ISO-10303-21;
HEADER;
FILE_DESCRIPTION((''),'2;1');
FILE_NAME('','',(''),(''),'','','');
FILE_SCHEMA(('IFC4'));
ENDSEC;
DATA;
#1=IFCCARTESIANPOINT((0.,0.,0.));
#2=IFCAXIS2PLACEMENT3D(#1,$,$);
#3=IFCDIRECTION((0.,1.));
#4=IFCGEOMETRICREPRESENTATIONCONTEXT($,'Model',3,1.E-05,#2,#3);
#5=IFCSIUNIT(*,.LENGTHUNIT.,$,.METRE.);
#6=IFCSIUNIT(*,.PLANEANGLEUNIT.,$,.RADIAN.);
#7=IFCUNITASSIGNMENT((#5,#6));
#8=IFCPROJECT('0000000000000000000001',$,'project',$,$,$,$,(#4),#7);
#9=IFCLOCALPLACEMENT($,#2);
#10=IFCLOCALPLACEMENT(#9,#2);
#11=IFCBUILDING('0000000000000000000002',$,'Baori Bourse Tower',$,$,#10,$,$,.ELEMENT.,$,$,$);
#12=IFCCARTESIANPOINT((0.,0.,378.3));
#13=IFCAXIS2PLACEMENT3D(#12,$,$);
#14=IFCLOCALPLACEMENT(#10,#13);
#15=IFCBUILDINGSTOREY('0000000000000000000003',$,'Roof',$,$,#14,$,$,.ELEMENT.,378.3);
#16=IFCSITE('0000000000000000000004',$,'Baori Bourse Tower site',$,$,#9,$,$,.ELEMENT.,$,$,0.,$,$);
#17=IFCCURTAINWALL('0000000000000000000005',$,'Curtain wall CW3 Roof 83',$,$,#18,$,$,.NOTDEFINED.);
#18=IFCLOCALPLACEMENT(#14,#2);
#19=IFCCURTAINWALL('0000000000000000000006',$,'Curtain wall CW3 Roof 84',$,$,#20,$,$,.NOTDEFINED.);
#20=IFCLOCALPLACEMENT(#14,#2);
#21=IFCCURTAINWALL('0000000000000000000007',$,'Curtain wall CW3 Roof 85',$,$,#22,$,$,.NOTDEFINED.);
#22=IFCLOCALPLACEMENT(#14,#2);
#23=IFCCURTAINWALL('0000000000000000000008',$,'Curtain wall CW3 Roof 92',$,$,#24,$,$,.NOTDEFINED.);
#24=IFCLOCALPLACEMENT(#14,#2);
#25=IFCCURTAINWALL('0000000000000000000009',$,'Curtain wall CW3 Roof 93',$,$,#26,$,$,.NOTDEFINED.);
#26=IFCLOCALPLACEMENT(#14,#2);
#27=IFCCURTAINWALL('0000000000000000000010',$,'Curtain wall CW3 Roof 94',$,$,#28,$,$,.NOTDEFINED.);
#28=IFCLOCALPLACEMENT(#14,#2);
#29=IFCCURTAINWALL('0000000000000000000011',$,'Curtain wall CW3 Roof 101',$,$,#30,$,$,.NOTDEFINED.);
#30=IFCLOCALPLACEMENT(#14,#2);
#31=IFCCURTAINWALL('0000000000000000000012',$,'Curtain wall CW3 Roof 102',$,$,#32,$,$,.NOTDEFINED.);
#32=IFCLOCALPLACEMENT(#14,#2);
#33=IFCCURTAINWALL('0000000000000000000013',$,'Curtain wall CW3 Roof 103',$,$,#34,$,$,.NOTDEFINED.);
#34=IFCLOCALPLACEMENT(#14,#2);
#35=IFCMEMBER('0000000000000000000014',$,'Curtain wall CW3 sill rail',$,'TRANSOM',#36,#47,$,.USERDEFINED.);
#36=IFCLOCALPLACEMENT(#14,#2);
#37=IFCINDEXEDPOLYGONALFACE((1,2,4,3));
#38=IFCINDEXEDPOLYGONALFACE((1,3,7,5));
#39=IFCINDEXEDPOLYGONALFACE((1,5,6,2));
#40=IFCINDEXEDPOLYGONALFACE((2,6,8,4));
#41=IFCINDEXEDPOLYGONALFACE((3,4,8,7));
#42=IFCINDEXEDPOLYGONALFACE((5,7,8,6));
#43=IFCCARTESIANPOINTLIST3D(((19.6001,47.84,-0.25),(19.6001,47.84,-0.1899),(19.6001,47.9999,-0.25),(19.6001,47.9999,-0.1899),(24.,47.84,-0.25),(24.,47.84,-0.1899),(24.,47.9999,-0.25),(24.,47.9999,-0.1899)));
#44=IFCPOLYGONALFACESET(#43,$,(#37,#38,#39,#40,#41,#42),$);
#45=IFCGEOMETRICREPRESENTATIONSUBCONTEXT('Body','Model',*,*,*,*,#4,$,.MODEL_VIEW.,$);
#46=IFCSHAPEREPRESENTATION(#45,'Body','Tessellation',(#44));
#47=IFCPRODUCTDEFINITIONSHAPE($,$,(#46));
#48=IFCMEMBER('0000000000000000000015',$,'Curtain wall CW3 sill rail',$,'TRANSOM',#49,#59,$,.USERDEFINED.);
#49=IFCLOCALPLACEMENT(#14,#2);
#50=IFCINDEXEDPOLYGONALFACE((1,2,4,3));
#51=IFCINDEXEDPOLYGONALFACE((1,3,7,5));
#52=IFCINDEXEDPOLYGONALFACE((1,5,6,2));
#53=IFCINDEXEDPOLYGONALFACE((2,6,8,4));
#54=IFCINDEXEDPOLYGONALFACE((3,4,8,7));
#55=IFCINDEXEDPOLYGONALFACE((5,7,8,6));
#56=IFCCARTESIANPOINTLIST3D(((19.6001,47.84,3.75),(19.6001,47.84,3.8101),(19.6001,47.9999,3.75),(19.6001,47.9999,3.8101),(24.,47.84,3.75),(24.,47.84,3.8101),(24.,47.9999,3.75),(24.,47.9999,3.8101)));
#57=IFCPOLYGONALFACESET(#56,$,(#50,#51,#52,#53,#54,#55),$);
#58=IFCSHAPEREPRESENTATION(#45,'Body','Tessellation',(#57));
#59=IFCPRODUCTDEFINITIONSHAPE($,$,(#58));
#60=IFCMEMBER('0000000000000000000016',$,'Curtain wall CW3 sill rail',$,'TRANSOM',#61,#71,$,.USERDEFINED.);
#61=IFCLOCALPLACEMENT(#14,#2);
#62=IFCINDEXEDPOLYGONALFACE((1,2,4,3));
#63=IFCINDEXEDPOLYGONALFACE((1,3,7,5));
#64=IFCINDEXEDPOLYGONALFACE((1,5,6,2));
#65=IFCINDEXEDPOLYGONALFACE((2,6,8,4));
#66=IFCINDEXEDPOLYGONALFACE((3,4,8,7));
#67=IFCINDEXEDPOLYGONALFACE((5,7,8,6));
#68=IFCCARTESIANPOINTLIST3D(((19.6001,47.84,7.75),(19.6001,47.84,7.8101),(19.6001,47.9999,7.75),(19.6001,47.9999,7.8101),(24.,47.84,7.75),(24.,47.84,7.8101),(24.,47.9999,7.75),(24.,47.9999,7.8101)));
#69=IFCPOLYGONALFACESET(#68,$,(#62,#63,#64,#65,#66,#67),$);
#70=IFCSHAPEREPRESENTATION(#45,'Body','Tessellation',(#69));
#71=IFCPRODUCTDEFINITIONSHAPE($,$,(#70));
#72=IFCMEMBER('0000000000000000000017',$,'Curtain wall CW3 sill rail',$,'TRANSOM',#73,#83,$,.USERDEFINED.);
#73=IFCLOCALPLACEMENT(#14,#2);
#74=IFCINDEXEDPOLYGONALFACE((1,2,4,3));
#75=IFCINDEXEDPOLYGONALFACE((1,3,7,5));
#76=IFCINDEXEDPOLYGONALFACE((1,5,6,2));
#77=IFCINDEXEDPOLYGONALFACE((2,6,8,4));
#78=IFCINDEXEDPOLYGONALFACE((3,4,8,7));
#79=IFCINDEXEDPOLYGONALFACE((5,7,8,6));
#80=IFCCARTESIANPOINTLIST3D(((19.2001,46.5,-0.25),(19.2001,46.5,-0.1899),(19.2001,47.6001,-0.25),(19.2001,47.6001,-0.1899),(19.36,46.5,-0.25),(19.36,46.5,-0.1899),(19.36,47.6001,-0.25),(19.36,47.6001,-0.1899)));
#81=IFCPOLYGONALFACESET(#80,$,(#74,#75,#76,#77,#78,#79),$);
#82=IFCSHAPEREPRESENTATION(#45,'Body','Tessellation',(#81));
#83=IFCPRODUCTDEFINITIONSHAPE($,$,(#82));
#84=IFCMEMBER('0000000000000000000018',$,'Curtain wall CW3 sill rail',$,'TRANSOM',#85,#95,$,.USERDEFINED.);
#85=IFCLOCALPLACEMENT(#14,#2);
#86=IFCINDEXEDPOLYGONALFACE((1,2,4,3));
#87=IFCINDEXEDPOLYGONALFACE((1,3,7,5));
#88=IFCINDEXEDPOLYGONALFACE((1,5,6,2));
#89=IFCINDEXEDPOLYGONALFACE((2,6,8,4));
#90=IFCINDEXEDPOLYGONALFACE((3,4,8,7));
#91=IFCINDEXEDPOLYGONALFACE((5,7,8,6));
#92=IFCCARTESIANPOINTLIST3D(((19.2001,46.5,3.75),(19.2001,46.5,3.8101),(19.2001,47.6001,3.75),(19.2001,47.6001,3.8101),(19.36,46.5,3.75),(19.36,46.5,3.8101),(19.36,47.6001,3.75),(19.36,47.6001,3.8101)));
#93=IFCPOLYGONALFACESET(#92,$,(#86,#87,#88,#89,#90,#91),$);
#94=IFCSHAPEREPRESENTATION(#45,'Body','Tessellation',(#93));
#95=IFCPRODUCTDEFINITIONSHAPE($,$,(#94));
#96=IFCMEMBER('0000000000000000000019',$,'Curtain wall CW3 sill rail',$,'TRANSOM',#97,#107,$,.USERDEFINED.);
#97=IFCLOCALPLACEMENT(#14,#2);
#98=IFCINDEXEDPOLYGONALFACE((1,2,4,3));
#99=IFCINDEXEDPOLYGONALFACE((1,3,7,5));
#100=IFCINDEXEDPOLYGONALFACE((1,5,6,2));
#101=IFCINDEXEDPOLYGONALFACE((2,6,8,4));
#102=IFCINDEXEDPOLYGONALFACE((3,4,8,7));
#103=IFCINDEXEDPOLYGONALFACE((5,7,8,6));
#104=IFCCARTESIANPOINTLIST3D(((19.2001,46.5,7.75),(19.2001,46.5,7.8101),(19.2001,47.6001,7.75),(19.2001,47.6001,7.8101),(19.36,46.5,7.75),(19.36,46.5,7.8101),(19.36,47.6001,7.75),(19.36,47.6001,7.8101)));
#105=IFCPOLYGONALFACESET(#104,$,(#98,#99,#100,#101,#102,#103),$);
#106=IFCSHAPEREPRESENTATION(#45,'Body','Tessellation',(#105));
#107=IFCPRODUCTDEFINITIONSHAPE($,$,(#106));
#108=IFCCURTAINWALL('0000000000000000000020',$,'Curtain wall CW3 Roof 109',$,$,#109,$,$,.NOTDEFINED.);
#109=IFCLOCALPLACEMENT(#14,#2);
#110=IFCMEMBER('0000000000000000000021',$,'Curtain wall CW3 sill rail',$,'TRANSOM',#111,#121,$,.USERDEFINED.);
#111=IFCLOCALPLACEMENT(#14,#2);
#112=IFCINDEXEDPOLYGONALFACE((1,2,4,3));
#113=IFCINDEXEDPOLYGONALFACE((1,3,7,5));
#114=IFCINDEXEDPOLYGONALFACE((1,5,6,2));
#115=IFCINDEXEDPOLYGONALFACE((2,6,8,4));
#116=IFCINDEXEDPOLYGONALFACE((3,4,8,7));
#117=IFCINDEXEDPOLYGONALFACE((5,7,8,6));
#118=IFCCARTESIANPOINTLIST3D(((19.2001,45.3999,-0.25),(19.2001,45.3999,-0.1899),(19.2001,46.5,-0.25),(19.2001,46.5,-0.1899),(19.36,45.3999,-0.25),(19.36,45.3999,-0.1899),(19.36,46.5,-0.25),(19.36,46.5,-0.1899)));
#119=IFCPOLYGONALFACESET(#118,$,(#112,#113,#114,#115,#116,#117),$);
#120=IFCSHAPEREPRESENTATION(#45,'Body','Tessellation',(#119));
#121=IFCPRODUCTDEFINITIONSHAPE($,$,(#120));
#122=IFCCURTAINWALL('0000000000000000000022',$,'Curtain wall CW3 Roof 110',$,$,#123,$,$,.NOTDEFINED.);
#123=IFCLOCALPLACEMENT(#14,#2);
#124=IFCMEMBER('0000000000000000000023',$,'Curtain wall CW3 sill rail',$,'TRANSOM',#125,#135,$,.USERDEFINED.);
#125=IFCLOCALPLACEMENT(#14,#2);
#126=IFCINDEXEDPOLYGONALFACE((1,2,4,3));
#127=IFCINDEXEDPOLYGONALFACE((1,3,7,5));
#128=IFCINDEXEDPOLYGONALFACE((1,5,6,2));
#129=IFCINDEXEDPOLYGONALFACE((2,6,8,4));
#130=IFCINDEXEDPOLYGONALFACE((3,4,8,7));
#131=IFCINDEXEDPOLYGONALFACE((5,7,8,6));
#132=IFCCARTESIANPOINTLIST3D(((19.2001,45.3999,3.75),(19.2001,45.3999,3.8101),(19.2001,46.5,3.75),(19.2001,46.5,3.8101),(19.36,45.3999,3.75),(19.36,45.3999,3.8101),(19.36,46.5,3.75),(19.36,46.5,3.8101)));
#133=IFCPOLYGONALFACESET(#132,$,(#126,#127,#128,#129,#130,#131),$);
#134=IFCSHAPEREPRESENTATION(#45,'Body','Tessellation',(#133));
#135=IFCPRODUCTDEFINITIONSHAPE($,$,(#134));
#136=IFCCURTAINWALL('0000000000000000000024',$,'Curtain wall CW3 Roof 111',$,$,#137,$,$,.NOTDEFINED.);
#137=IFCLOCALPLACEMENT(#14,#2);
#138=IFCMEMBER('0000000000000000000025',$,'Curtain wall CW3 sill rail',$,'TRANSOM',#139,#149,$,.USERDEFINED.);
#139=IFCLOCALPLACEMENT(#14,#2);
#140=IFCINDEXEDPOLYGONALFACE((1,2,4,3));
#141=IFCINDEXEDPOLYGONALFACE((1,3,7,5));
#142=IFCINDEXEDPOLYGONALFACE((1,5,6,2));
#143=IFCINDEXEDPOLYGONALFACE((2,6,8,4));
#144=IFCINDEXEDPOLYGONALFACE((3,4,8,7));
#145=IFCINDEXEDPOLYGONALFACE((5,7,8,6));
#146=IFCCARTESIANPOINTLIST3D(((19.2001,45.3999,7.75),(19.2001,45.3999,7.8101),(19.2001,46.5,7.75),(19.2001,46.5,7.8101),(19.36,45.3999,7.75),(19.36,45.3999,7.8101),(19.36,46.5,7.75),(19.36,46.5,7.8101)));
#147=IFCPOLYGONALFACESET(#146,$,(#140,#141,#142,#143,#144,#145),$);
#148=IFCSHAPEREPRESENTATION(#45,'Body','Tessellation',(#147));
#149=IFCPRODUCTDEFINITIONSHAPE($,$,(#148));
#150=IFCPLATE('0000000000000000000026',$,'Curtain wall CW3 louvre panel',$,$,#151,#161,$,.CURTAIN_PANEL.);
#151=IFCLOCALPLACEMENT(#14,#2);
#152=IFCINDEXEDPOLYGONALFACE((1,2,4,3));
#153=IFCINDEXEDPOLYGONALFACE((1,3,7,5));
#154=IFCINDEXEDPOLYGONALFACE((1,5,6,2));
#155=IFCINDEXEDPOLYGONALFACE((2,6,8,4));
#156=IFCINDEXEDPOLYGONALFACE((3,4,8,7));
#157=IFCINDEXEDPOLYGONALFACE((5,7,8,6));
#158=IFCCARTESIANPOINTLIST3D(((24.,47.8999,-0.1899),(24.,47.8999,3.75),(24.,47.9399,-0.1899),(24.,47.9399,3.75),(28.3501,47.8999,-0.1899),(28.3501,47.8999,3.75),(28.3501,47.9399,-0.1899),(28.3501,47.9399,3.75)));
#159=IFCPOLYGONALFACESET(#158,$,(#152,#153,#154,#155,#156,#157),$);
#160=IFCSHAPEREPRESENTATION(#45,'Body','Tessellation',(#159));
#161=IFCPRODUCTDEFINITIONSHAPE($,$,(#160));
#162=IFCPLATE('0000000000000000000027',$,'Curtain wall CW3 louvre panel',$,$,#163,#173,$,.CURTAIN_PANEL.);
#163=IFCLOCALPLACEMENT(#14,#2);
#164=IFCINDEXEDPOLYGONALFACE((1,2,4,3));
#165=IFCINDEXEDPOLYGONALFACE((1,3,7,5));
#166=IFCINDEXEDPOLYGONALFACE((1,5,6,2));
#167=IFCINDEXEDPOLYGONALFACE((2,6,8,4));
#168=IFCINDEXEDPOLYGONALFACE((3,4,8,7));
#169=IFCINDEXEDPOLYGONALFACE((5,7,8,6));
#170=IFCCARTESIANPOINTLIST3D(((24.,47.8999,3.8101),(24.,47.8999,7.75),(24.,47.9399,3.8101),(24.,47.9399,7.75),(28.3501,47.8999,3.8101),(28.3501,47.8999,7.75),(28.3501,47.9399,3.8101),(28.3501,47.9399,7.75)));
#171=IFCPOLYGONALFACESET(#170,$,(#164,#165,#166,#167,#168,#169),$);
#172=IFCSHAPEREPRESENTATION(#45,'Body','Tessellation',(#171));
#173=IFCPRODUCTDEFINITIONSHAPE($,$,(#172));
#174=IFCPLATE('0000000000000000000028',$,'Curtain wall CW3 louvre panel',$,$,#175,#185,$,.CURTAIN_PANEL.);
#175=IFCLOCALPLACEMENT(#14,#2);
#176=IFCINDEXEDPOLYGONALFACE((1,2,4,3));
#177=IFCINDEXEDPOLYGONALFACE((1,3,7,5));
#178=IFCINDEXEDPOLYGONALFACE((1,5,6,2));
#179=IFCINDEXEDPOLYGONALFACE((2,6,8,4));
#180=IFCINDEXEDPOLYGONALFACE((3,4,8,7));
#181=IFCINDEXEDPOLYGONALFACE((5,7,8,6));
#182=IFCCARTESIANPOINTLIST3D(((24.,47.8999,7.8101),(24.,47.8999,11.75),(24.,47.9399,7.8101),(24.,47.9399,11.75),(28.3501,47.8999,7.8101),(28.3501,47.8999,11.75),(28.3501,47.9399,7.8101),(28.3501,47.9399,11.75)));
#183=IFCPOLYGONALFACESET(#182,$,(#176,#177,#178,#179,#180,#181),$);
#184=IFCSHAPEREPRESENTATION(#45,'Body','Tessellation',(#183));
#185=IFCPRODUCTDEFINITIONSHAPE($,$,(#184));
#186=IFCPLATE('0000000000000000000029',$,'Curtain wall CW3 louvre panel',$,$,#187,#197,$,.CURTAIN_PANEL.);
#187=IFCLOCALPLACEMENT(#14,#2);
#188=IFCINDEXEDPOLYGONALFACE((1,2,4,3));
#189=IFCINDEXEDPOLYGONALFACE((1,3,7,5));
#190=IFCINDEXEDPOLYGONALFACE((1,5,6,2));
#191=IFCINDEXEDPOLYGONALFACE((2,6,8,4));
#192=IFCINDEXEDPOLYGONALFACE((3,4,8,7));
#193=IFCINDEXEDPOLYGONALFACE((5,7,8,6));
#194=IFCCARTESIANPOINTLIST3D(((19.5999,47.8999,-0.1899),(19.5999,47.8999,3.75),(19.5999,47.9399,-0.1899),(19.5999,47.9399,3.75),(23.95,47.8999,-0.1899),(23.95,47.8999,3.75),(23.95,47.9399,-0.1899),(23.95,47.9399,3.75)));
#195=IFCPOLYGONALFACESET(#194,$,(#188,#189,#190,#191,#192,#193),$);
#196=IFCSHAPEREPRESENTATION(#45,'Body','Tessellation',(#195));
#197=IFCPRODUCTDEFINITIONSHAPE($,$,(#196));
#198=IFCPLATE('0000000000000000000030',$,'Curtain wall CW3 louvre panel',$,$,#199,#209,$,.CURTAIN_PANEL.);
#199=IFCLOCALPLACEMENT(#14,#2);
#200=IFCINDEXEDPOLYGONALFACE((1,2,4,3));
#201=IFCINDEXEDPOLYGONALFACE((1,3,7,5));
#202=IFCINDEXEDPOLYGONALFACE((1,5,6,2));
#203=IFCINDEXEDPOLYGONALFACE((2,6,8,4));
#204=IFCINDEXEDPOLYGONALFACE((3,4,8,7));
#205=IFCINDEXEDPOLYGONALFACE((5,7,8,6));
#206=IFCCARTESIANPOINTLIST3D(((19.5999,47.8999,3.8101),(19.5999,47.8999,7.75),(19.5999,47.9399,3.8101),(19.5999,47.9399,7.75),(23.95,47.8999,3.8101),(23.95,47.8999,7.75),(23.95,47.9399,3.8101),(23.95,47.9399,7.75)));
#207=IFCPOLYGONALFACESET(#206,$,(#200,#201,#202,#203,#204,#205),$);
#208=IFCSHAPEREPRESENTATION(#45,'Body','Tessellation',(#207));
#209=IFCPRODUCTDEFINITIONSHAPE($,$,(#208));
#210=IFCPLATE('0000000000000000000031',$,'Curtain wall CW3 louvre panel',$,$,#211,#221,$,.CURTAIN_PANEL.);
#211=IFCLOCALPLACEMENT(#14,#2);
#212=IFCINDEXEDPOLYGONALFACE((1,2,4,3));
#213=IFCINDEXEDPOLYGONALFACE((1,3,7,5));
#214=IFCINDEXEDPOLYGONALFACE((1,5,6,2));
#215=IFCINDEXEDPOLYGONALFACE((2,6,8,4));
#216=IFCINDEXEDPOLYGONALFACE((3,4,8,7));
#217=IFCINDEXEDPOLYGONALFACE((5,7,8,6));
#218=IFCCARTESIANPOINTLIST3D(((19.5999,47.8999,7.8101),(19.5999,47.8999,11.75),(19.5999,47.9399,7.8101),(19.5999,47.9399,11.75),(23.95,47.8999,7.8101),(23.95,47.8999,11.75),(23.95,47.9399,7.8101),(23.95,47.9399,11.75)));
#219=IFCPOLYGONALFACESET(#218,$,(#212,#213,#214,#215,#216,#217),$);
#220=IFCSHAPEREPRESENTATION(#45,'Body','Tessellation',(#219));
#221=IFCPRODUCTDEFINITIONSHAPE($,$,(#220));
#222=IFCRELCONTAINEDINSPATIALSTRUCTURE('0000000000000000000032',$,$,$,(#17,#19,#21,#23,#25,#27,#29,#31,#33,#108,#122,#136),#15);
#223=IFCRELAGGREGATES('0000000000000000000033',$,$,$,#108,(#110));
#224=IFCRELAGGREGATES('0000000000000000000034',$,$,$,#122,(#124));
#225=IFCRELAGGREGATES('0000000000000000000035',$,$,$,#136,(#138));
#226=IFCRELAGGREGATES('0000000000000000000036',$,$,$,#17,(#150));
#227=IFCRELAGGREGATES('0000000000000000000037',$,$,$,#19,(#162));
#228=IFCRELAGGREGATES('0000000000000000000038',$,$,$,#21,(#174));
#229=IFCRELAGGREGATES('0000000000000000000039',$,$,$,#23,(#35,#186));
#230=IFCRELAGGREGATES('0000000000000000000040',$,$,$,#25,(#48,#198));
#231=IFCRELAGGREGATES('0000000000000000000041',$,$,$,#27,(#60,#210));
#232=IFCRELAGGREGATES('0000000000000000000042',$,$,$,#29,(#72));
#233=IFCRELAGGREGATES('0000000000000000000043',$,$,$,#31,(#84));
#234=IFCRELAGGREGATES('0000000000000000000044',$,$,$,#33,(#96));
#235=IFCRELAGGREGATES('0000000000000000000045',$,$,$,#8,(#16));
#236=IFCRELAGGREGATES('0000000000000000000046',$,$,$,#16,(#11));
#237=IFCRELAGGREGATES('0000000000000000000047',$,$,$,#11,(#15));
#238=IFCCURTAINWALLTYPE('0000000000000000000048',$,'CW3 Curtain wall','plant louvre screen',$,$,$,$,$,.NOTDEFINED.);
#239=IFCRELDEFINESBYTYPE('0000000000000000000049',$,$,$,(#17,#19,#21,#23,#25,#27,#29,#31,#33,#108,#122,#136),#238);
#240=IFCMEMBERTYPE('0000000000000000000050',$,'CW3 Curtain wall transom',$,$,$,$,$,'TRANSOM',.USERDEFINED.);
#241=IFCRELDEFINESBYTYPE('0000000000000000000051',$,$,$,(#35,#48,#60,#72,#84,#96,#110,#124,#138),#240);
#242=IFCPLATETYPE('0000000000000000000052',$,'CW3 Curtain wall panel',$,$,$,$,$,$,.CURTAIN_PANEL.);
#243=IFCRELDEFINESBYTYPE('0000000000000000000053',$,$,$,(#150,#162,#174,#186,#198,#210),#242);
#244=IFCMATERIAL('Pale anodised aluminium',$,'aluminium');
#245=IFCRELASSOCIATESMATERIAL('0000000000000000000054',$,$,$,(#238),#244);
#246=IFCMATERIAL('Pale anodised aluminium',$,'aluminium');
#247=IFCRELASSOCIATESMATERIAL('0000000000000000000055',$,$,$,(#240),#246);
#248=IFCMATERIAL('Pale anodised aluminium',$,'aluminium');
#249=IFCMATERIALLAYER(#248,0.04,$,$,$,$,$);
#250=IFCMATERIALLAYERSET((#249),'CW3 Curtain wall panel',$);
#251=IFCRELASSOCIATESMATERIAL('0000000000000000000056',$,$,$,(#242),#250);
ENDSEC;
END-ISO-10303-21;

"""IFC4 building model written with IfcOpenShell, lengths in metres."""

from ifc_helpers import new_model, si_unit, direction, frame, origin, origin_2d, place, context, subcontext, project, spatial, rectangle, extrude, material, layer, layer_set, material_profile, profile_set, type_object, element, aggregate, save


model = new_model("IFC4")

# Units and contexts
model_context = context("Model", 3, precision=1e-05, world=origin(), true_north=direction((0.0, 1.0)))
body_context = subcontext(model_context, "Body", "Model", "MODEL_VIEW")
ifc_project = project(units=[si_unit("LENGTHUNIT", "METRE"), si_unit("PLANEANGLEUNIT", "RADIAN")], contexts=[model_context])

# Site, building, storey
site_placement = place(None, origin())
site = spatial("IfcSite", under=ifc_project, at=site_placement, Name="Baori Bourse Tower site", CompositionType="ELEMENT", RefElevation=0.0)
building_placement = place(site_placement, origin())
building = spatial("IfcBuilding", under=site, at=building_placement, Name="Baori Bourse Tower", CompositionType="ELEMENT")
storey_placement = place(building_placement, frame((0.0, 0.0, 378.3)))
storey = spatial("IfcBuildingStorey", under=building, at=storey_placement, Name="Roof", CompositionType="ELEMENT", Elevation=378.3)

# Curtain walls
ifc_material_1 = material(Name="Pale anodised aluminium", Category="aluminium")
curtain_wall_type = type_object("IfcCurtainWallType", Name="CW3 Curtain wall", Description="plant louvre screen", PredefinedType="NOTDEFINED", material=ifc_material_1)
curtain_wall_1_placement = place(storey_placement, origin())
curtain_wall_1 = element("IfcCurtainWall", 1, at=curtain_wall_1_placement, inside=storey, type_object=curtain_wall_type, Name="Curtain wall CW3 Roof 83", PredefinedType="NOTDEFINED")
curtain_wall_2_placement = place(storey_placement, origin())
curtain_wall_2 = element("IfcCurtainWall", 2, at=curtain_wall_2_placement, inside=storey, type_object=curtain_wall_type, Name="Curtain wall CW3 Roof 84", PredefinedType="NOTDEFINED")
curtain_wall_3_placement = place(storey_placement, origin())
curtain_wall_3 = element("IfcCurtainWall", 3, at=curtain_wall_3_placement, inside=storey, type_object=curtain_wall_type, Name="Curtain wall CW3 Roof 85", PredefinedType="NOTDEFINED")
curtain_wall_4_placement = place(storey_placement, origin())
curtain_wall_4 = element("IfcCurtainWall", 4, at=curtain_wall_4_placement, inside=storey, type_object=curtain_wall_type, Name="Curtain wall CW3 Roof 92", PredefinedType="NOTDEFINED")
curtain_wall_5_placement = place(storey_placement, origin())
curtain_wall_5 = element("IfcCurtainWall", 5, at=curtain_wall_5_placement, inside=storey, type_object=curtain_wall_type, Name="Curtain wall CW3 Roof 93", PredefinedType="NOTDEFINED")
curtain_wall_6_placement = place(storey_placement, origin())
curtain_wall_6 = element("IfcCurtainWall", 6, at=curtain_wall_6_placement, inside=storey, type_object=curtain_wall_type, Name="Curtain wall CW3 Roof 94", PredefinedType="NOTDEFINED")
curtain_wall_7_placement = place(storey_placement, origin())
curtain_wall_7 = element("IfcCurtainWall", 7, at=curtain_wall_7_placement, inside=storey, type_object=curtain_wall_type, Name="Curtain wall CW3 Roof 101", PredefinedType="NOTDEFINED")
curtain_wall_8_placement = place(storey_placement, origin())
curtain_wall_8 = element("IfcCurtainWall", 8, at=curtain_wall_8_placement, inside=storey, type_object=curtain_wall_type, Name="Curtain wall CW3 Roof 102", PredefinedType="NOTDEFINED")
curtain_wall_9_placement = place(storey_placement, origin())
curtain_wall_9 = element("IfcCurtainWall", 9, at=curtain_wall_9_placement, inside=storey, type_object=curtain_wall_type, Name="Curtain wall CW3 Roof 103", PredefinedType="NOTDEFINED")

# Members
ifc_material_2 = material(Name="Pale anodised aluminium", Category="aluminium")
ifc_material_profile_1 = material_profile(ifc_material_2, rectangle(XDim=0.1599, YDim=0.0601, at=origin_2d()), Name="Transom 60x160")
ifc_profile_set_1 = profile_set([ifc_material_profile_1], Name="Pale anodised aluminium")
member_type_1 = type_object("IfcMemberType", Name="CW3 Curtain wall transom", ElementType="TRANSOM", PredefinedType="USERDEFINED", material=ifc_profile_set_1)
member_1_placement = place(storey_placement, frame((24.0, 47.9199, -0.22), z_axis=(-1.0, 0.0, 0.0), x_axis=(0.0, -1.0, 0.0)))
member_1 = element("IfcMember", 10, at=member_1_placement, type_object=member_type_1, Name="Curtain wall CW3 sill rail", ObjectType="TRANSOM", PredefinedType="USERDEFINED", context=body_context, shape_type="SweptSolid", body=[
    extrude(rectangle(XDim=0.1599, YDim=0.0601, at=origin_2d()), origin(), (0.0, 0.0, 1.0), 4.3999),
])
member_2_placement = place(storey_placement, frame((24.0, 47.9199, 3.78), z_axis=(-1.0, 0.0, 0.0), x_axis=(0.0, -1.0, 0.0)))
member_2 = element("IfcMember", 11, at=member_2_placement, type_object=member_type_1, Name="Curtain wall CW3 sill rail", ObjectType="TRANSOM", PredefinedType="USERDEFINED", context=body_context, shape_type="SweptSolid", body=[
    extrude(rectangle(XDim=0.1599, YDim=0.0601, at=origin_2d()), origin(), (0.0, 0.0, 1.0), 4.3999),
])
member_3_placement = place(storey_placement, frame((24.0, 47.9199, 7.78), z_axis=(-1.0, 0.0, 0.0), x_axis=(0.0, -1.0, 0.0)))
member_3 = element("IfcMember", 12, at=member_3_placement, type_object=member_type_1, Name="Curtain wall CW3 sill rail", ObjectType="TRANSOM", PredefinedType="USERDEFINED", context=body_context, shape_type="SweptSolid", body=[
    extrude(rectangle(XDim=0.1599, YDim=0.0601, at=origin_2d()), origin(), (0.0, 0.0, 1.0), 4.3999),
])
member_4_placement = place(storey_placement, frame((19.28, 47.6001, -0.22), z_axis=(0.0, -1.0, 0.0), x_axis=(1.0, 0.0, 0.0)))
member_4 = element("IfcMember", 13, at=member_4_placement, type_object=member_type_1, Name="Curtain wall CW3 sill rail", ObjectType="TRANSOM", PredefinedType="USERDEFINED", context=body_context, shape_type="SweptSolid", body=[
    extrude(rectangle(XDim=0.1599, YDim=0.0601, at=origin_2d()), origin(), (0.0, 0.0, 1.0), 1.1001),
])
member_5_placement = place(storey_placement, frame((19.28, 47.6001, 3.78), z_axis=(0.0, -1.0, 0.0), x_axis=(1.0, 0.0, 0.0)))
member_5 = element("IfcMember", 14, at=member_5_placement, type_object=member_type_1, Name="Curtain wall CW3 sill rail", ObjectType="TRANSOM", PredefinedType="USERDEFINED", context=body_context, shape_type="SweptSolid", body=[
    extrude(rectangle(XDim=0.1599, YDim=0.0601, at=origin_2d()), origin(), (0.0, 0.0, 1.0), 1.1001),
])
member_6_placement = place(storey_placement, frame((19.28, 47.6001, 7.78), z_axis=(0.0, -1.0, 0.0), x_axis=(1.0, 0.0, 0.0)))
member_6 = element("IfcMember", 15, at=member_6_placement, type_object=member_type_1, Name="Curtain wall CW3 sill rail", ObjectType="TRANSOM", PredefinedType="USERDEFINED", context=body_context, shape_type="SweptSolid", body=[
    extrude(rectangle(XDim=0.1599, YDim=0.0601, at=origin_2d()), origin(), (0.0, 0.0, 1.0), 1.1001),
])

# Curtain walls, members
curtain_wall_10_placement = place(storey_placement, origin())
curtain_wall_10 = element("IfcCurtainWall", 16, at=curtain_wall_10_placement, inside=storey, type_object=curtain_wall_type, Name="Curtain wall CW3 Roof 109", PredefinedType="NOTDEFINED")
member_7_placement = place(storey_placement, frame((19.28, 46.5, -0.22), z_axis=(0.0, -1.0, 0.0), x_axis=(1.0, 0.0, 0.0)))
member_7 = element("IfcMember", 17, at=member_7_placement, type_object=member_type_1, Name="Curtain wall CW3 sill rail", ObjectType="TRANSOM", PredefinedType="USERDEFINED", context=body_context, shape_type="SweptSolid", body=[
    extrude(rectangle(XDim=0.1599, YDim=0.0601, at=origin_2d()), origin(), (0.0, 0.0, 1.0), 1.1001),
])
aggregate(curtain_wall_10, [member_7])
curtain_wall_11_placement = place(storey_placement, origin())
curtain_wall_11 = element("IfcCurtainWall", 18, at=curtain_wall_11_placement, inside=storey, type_object=curtain_wall_type, Name="Curtain wall CW3 Roof 110", PredefinedType="NOTDEFINED")
member_8_placement = place(storey_placement, frame((19.28, 46.5, 3.78), z_axis=(0.0, -1.0, 0.0), x_axis=(1.0, 0.0, 0.0)))
member_8 = element("IfcMember", 19, at=member_8_placement, type_object=member_type_1, Name="Curtain wall CW3 sill rail", ObjectType="TRANSOM", PredefinedType="USERDEFINED", context=body_context, shape_type="SweptSolid", body=[
    extrude(rectangle(XDim=0.1599, YDim=0.0601, at=origin_2d()), origin(), (0.0, 0.0, 1.0), 1.1001),
])
aggregate(curtain_wall_11, [member_8])
curtain_wall_12_placement = place(storey_placement, origin())
curtain_wall_12 = element("IfcCurtainWall", 20, at=curtain_wall_12_placement, inside=storey, type_object=curtain_wall_type, Name="Curtain wall CW3 Roof 111", PredefinedType="NOTDEFINED")
member_9_placement = place(storey_placement, frame((19.28, 46.5, 7.78), z_axis=(0.0, -1.0, 0.0), x_axis=(1.0, 0.0, 0.0)))
member_9 = element("IfcMember", 21, at=member_9_placement, type_object=member_type_1, Name="Curtain wall CW3 sill rail", ObjectType="TRANSOM", PredefinedType="USERDEFINED", context=body_context, shape_type="SweptSolid", body=[
    extrude(rectangle(XDim=0.1599, YDim=0.0601, at=origin_2d()), origin(), (0.0, 0.0, 1.0), 1.1001),
])
aggregate(curtain_wall_12, [member_9])

# Plates
ifc_material_3 = material(Name="Pale anodised aluminium", Category="aluminium")
ifc_layer = layer(ifc_material_3, 0.04)
ifc_layer_set = layer_set([ifc_layer], Name="CW3 Curtain wall panel")
plate_type = type_object("IfcPlateType", Name="CW3 Curtain wall panel", PredefinedType="CURTAIN_PANEL", material=ifc_layer_set)
plate_1_placement = place(storey_placement, frame((26.175, 47.9199, -0.1899), z_axis=(0.0, 0.0, 1.0), x_axis=(-1.0, 0.0, 0.0)))
plate_1 = element("IfcPlate", 22, at=plate_1_placement, type_object=plate_type, Name="Curtain wall CW3 louvre panel", PredefinedType="CURTAIN_PANEL", context=body_context, shape_type="SweptSolid", body=[
    extrude(rectangle(XDim=4.3501, YDim=0.04, at=origin_2d()), origin(), (0.0, 0.0, 1.0), 3.9399),
])
aggregate(curtain_wall_1, [plate_1])
plate_2_placement = place(storey_placement, frame((26.175, 47.9199, 3.8101), z_axis=(0.0, 0.0, 1.0), x_axis=(-1.0, 0.0, 0.0)))
plate_2 = element("IfcPlate", 23, at=plate_2_placement, type_object=plate_type, Name="Curtain wall CW3 louvre panel", PredefinedType="CURTAIN_PANEL", context=body_context, shape_type="SweptSolid", body=[
    extrude(rectangle(XDim=4.3501, YDim=0.04, at=origin_2d()), origin(), (0.0, 0.0, 1.0), 3.9399),
])
aggregate(curtain_wall_2, [plate_2])
plate_3_placement = place(storey_placement, frame((26.175, 47.9199, 7.8101), z_axis=(0.0, 0.0, 1.0), x_axis=(-1.0, 0.0, 0.0)))
plate_3 = element("IfcPlate", 24, at=plate_3_placement, type_object=plate_type, Name="Curtain wall CW3 louvre panel", PredefinedType="CURTAIN_PANEL", context=body_context, shape_type="SweptSolid", body=[
    extrude(rectangle(XDim=4.3501, YDim=0.04, at=origin_2d()), origin(), (0.0, 0.0, 1.0), 3.9399),
])
aggregate(curtain_wall_3, [plate_3])
plate_4_placement = place(storey_placement, frame((21.7749, 47.9199, -0.1899), z_axis=(0.0, 0.0, 1.0), x_axis=(-1.0, 0.0, 0.0)))
plate_4 = element("IfcPlate", 25, at=plate_4_placement, type_object=plate_type, Name="Curtain wall CW3 louvre panel", PredefinedType="CURTAIN_PANEL", context=body_context, shape_type="SweptSolid", body=[
    extrude(rectangle(XDim=4.3501, YDim=0.04, at=origin_2d()), origin(), (0.0, 0.0, 1.0), 3.9399),
])
aggregate(curtain_wall_4, [member_1, plate_4])
plate_5_placement = place(storey_placement, frame((21.7749, 47.9199, 3.8101), z_axis=(0.0, 0.0, 1.0), x_axis=(-1.0, 0.0, 0.0)))
plate_5 = element("IfcPlate", 26, at=plate_5_placement, type_object=plate_type, Name="Curtain wall CW3 louvre panel", PredefinedType="CURTAIN_PANEL", context=body_context, shape_type="SweptSolid", body=[
    extrude(rectangle(XDim=4.3501, YDim=0.04, at=origin_2d()), origin(), (0.0, 0.0, 1.0), 3.9399),
])
aggregate(curtain_wall_5, [member_2, plate_5])
plate_6_placement = place(storey_placement, frame((21.7749, 47.9199, 7.8101), z_axis=(0.0, 0.0, 1.0), x_axis=(-1.0, 0.0, 0.0)))
plate_6 = element("IfcPlate", 27, at=plate_6_placement, type_object=plate_type, Name="Curtain wall CW3 louvre panel", PredefinedType="CURTAIN_PANEL", context=body_context, shape_type="SweptSolid", body=[
    extrude(rectangle(XDim=4.3501, YDim=0.04, at=origin_2d()), origin(), (0.0, 0.0, 1.0), 3.9399),
])
aggregate(curtain_wall_6, [member_3, plate_6])
aggregate(curtain_wall_7, [member_4])
aggregate(curtain_wall_8, [member_5])
aggregate(curtain_wall_9, [member_6])

save(model, "model.ifc")
